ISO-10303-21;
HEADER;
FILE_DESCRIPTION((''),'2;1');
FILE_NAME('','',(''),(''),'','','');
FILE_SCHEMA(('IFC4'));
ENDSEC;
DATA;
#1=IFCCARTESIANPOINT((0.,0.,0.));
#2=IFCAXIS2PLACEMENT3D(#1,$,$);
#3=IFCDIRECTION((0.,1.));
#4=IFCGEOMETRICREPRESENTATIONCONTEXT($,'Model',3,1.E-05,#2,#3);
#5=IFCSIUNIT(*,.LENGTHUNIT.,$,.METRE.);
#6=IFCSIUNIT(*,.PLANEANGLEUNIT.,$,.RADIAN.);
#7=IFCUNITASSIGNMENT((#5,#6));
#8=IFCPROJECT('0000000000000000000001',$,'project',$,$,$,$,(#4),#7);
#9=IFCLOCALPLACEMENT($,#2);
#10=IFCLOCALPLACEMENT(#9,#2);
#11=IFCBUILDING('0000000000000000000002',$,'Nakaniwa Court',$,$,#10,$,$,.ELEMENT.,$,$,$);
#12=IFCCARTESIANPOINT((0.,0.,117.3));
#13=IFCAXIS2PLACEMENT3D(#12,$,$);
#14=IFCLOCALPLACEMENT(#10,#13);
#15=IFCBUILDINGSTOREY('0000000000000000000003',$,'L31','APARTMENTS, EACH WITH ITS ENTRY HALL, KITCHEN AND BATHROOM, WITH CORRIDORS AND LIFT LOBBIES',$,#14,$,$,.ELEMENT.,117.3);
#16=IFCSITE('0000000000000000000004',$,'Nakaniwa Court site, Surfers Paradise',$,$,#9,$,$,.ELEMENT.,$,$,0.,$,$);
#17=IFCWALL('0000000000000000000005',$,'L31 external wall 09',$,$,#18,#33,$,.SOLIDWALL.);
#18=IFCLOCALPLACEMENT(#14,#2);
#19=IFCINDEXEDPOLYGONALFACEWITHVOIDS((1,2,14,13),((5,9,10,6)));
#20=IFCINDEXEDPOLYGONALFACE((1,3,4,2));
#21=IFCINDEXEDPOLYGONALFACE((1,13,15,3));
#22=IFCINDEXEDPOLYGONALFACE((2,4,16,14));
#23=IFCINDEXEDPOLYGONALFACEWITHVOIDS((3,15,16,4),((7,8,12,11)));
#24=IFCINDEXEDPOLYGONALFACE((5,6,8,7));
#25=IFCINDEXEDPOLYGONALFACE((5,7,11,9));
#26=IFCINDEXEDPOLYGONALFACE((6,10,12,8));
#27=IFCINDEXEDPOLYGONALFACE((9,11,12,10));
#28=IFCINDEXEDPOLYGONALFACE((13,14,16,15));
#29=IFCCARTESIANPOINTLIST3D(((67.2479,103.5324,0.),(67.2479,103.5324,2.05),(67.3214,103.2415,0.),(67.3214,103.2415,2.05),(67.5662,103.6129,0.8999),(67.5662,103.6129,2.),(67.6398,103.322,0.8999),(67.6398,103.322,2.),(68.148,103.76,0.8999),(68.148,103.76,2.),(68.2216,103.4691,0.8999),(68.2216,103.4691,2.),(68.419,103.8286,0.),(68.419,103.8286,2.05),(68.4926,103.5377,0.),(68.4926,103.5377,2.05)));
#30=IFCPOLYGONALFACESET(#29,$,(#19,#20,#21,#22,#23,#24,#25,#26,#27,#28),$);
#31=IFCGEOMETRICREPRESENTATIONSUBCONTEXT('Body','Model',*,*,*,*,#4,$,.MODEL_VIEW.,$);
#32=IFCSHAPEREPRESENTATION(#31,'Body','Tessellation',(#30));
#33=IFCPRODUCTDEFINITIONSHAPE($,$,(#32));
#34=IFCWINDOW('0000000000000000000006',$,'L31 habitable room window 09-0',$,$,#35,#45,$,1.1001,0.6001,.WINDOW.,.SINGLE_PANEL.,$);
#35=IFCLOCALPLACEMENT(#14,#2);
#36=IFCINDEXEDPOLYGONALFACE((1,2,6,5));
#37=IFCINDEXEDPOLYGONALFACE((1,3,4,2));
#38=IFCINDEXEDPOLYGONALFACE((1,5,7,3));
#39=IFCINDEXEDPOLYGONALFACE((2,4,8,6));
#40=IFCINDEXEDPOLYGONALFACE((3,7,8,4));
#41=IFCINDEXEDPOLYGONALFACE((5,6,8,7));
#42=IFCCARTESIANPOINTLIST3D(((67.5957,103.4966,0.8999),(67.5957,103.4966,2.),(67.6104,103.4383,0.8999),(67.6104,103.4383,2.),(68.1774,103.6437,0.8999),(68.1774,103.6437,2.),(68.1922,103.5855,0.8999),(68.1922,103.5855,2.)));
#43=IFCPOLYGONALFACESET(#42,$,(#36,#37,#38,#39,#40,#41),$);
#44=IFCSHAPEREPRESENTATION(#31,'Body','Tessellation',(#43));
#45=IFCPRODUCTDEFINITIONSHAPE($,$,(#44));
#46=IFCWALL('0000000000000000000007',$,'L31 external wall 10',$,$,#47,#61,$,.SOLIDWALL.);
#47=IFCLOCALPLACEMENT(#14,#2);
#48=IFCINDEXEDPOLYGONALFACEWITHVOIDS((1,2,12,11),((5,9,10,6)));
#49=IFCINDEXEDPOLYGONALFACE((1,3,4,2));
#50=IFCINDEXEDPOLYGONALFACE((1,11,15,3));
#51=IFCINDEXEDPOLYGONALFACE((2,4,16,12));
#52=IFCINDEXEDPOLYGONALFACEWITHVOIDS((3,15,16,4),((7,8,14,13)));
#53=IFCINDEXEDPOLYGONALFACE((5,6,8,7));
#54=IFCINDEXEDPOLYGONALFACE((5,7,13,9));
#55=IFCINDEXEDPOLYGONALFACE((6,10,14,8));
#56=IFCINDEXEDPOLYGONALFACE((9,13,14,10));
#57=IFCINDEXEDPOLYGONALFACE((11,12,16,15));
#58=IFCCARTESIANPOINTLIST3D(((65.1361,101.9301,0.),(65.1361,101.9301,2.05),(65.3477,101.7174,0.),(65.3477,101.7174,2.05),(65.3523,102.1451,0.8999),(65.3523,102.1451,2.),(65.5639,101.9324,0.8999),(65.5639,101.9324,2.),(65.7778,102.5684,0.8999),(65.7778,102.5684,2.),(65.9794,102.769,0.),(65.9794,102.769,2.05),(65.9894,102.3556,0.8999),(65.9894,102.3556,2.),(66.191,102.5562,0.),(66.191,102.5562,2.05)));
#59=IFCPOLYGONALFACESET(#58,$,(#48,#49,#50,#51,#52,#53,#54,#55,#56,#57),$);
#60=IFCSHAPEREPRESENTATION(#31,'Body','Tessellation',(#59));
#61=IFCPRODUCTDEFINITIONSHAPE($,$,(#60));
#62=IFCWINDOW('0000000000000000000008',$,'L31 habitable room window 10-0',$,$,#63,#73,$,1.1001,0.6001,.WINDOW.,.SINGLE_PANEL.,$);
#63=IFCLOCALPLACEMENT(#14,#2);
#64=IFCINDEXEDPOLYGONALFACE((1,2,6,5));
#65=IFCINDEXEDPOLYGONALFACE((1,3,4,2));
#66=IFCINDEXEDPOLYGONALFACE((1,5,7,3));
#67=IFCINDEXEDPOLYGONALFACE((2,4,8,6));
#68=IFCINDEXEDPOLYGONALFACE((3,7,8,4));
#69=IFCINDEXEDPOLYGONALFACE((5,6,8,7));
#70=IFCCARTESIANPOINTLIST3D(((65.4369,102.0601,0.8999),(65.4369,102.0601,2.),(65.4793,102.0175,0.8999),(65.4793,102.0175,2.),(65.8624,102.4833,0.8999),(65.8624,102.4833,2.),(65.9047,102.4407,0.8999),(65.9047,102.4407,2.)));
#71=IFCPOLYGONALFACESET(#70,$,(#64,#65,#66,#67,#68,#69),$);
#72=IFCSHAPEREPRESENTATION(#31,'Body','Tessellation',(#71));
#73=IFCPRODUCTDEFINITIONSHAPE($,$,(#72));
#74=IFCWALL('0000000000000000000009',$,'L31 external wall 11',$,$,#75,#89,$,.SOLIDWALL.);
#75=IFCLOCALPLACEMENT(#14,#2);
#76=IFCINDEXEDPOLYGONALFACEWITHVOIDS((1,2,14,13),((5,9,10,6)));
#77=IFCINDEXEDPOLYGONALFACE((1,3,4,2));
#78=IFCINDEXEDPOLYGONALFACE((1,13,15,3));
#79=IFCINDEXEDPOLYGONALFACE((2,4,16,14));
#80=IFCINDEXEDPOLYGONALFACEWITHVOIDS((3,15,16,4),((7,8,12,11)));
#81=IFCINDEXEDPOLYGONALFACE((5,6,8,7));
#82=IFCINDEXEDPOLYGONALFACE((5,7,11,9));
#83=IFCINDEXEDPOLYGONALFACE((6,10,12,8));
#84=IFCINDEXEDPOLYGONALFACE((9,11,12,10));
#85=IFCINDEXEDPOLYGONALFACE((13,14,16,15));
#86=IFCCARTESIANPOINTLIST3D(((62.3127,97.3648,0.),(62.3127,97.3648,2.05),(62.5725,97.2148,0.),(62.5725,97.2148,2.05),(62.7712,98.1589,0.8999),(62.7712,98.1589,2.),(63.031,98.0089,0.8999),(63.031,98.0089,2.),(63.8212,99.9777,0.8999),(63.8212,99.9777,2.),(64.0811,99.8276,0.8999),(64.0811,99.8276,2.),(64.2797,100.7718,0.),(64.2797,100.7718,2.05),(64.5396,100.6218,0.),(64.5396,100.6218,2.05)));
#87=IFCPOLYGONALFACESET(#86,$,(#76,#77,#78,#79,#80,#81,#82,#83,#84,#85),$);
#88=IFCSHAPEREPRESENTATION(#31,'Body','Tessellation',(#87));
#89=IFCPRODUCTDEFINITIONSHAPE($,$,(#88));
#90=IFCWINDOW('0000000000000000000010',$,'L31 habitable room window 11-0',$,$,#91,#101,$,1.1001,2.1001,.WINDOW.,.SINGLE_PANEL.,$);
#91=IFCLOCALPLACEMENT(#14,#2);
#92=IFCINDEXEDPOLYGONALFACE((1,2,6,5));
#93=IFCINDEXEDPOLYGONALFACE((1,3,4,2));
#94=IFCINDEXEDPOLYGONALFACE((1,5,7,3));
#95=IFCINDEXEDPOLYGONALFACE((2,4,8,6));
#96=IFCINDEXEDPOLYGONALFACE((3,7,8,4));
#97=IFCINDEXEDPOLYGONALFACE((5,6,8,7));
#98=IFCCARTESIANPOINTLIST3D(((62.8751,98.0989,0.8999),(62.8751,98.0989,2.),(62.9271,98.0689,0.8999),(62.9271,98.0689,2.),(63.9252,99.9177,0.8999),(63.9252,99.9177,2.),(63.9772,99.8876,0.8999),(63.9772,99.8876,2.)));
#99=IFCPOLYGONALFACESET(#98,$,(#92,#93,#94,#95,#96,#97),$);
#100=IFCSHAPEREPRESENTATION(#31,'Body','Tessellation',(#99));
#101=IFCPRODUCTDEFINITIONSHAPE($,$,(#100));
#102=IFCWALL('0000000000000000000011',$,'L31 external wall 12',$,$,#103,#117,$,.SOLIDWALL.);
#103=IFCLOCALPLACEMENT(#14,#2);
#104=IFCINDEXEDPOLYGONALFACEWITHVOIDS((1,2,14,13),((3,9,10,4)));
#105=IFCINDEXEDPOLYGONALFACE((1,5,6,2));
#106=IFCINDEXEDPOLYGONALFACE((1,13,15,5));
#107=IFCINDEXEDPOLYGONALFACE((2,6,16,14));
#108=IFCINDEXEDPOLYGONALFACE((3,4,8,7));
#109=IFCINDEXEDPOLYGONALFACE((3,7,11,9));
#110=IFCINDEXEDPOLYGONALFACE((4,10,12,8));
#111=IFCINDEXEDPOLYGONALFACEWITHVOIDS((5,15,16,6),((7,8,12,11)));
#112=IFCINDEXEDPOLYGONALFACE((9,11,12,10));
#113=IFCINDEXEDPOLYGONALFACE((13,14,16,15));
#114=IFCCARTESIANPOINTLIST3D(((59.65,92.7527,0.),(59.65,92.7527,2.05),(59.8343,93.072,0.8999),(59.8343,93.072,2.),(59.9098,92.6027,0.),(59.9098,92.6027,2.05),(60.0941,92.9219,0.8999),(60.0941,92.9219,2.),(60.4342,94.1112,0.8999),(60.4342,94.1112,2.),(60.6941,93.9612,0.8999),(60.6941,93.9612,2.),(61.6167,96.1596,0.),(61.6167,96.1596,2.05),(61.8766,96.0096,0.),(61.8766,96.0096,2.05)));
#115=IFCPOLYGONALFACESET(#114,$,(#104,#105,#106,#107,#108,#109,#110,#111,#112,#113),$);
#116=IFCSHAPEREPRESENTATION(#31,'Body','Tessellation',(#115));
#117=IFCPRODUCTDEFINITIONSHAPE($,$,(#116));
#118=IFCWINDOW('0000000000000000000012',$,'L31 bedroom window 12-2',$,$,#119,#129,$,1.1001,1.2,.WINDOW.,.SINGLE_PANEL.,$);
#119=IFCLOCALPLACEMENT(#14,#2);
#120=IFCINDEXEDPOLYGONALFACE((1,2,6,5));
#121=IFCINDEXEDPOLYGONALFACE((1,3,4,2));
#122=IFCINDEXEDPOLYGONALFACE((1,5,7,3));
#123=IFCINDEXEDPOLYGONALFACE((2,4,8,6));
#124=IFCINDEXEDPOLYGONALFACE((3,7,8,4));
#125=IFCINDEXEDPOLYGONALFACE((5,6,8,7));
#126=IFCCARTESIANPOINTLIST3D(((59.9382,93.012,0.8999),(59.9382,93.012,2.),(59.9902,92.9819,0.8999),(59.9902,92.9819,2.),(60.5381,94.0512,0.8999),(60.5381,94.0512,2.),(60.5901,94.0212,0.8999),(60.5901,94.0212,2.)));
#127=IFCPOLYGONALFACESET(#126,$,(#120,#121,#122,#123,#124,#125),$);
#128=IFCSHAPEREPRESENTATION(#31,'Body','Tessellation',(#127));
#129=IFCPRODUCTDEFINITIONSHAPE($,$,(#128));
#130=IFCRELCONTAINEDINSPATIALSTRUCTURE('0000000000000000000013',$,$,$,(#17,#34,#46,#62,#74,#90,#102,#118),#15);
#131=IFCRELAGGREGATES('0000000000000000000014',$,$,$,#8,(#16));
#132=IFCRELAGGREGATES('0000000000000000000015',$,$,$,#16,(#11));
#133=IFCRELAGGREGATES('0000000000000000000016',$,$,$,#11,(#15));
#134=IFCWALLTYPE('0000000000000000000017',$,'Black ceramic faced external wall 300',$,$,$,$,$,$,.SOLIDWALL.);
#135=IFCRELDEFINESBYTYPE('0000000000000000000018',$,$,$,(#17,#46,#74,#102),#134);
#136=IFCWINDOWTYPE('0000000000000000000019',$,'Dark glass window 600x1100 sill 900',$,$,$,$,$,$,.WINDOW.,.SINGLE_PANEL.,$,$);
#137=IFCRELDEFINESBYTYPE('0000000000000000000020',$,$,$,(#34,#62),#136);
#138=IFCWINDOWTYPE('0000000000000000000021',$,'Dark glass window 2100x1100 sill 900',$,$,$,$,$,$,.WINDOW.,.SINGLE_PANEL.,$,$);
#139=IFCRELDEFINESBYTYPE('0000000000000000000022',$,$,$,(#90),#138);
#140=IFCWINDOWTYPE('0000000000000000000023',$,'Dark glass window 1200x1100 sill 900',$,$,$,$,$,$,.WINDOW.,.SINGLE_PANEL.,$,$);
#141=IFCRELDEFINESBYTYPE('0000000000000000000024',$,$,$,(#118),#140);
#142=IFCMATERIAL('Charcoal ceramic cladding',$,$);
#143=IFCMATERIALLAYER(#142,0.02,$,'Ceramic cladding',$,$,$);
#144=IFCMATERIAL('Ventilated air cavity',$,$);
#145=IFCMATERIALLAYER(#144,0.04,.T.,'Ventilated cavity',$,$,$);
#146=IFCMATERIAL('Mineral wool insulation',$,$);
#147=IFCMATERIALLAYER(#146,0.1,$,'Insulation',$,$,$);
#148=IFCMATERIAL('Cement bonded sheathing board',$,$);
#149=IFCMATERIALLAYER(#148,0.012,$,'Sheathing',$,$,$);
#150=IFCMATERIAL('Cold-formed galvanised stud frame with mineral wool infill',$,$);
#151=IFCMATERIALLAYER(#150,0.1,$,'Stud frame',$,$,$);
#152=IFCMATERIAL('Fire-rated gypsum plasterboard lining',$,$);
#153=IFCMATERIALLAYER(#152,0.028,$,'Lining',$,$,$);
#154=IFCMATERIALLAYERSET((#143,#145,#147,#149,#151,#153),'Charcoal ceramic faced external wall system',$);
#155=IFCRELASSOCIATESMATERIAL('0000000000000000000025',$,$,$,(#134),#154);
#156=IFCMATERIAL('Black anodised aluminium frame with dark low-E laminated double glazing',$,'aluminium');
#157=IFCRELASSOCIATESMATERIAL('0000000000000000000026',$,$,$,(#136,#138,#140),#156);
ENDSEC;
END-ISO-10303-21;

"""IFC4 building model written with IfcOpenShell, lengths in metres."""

from ifc_helpers import new_model, si_unit, direction, frame, frame_2d, origin, place, context, subcontext, project, spatial, rectangle, extrude, material, layer, layer_set, type_object, element, fill, save


model = new_model("IFC4")

# Units and contexts
model_context = context("Model", 3, precision=1e-05, world=origin(), true_north=direction((0.0, 1.0)))
body_context = subcontext(model_context, "Body", "Model", "MODEL_VIEW")
ifc_project = project(units=[si_unit("LENGTHUNIT", "METRE"), si_unit("PLANEANGLEUNIT", "RADIAN")], contexts=[model_context])

# Site, building, storey
site_placement = place(None, origin())
site = spatial("IfcSite", under=ifc_project, at=site_placement, Name="Nakaniwa Court site, Surfers Paradise", CompositionType="ELEMENT", RefElevation=0.0)
building_placement = place(site_placement, origin())
building = spatial("IfcBuilding", under=site, at=building_placement, Name="Nakaniwa Court", CompositionType="ELEMENT")
storey_placement = place(building_placement, frame((0.0, 0.0, 117.3)))
storey = spatial("IfcBuildingStorey", under=building, at=storey_placement, Name="L31", Description="APARTMENTS, EACH WITH ITS ENTRY HALL, KITCHEN AND BATHROOM, WITH CORRIDORS AND LIFT LOBBIES", CompositionType="ELEMENT", Elevation=117.3)

# Walls, openings, windows
ifc_material_1 = material(Name="Charcoal ceramic cladding")
ifc_layer_1 = layer(ifc_material_1, 0.02, Name="Ceramic cladding")
ifc_material_2 = material(Name="Ventilated air cavity")
ifc_layer_2 = layer(ifc_material_2, 0.04, ventilated=True, Name="Ventilated cavity")
ifc_material_3 = material(Name="Mineral wool insulation")
ifc_layer_3 = layer(ifc_material_3, 0.1, Name="Insulation")
ifc_material_4 = material(Name="Cement bonded sheathing board")
ifc_layer_4 = layer(ifc_material_4, 0.012, Name="Sheathing")
ifc_material_5 = material(Name="Cold-formed galvanised stud frame with mineral wool infill")
ifc_layer_5 = layer(ifc_material_5, 0.1, Name="Stud frame")
ifc_material_6 = material(Name="Fire-rated gypsum plasterboard lining")
ifc_layer_6 = layer(ifc_material_6, 0.028, Name="Lining")
ifc_layer_set_1 = layer_set([ifc_layer_1, ifc_layer_2, ifc_layer_3, ifc_layer_4, ifc_layer_5, ifc_layer_6], Name="Charcoal ceramic faced external wall system")
wall_type_1 = type_object("IfcWallType", Name="Black ceramic faced external wall 300", PredefinedType="SOLIDWALL", material=ifc_layer_set_1)
wall_1_placement = place(storey_placement, frame((68.4558, 103.6831, 0.0), z_axis=(0.0, 0.0, 1.0), x_axis=(-0.969485, -0.24515, 0.0)))
wall_1 = element("IfcWall", 1, at=wall_1_placement, inside=storey, type_object=wall_type_1, Name="L31 external wall 09", PredefinedType="SOLIDWALL", context=body_context, shape_type="SweptSolid", body=[
    extrude(rectangle(XDim=1.208, YDim=0.3, at=frame_2d((0.604, 0.0))), origin(), (0.0, 0.0, 1.0), 2.05),
])
opening_1_placement = place(wall_1_placement, frame((0.2795, 0.0, 0.8999)))
opening_1 = element("IfcOpeningElement", 2, at=opening_1_placement, cuts=wall_1, PredefinedType="OPENING", context=body_context, shape_type="SweptSolid", body=[
    extrude(rectangle(XDim=0.6001, YDim=1.1001, at=frame_2d((0.3, 0.55))), frame((0.0, 0.1599, 0.0), z_axis=(0.0, -1.0, 0.0), x_axis=(1.0, 0.0, 0.0)), (0.0, 0.0, 1.0), 0.3201),
])
ifc_material_7 = material(Name="Black anodised aluminium frame with dark low-E laminated double glazing", Category="aluminium")
window_type_1 = type_object("IfcWindowType", Name="Dark glass window 600x1100 sill 900", PartitioningType="SINGLE_PANEL", PredefinedType="WINDOW", material=ifc_material_7)
window_1_placement = place(opening_1_placement, origin())
window_1 = element("IfcWindow", 3, at=window_1_placement, inside=storey, type_object=window_type_1, Name="L31 habitable room window 09-0", OverallHeight=1.1001, OverallWidth=0.6001, PartitioningType="SINGLE_PANEL", PredefinedType="WINDOW", context=body_context, shape_type="SweptSolid", body=[
    extrude(rectangle(XDim=0.6001, YDim=1.1001, at=frame_2d((0.3, 0.55))), frame((0.0, 0.03, 0.0), z_axis=(0.0, -1.0, 0.0), x_axis=(1.0, 0.0, 0.0)), (0.0, 0.0, 1.0), 0.0601),
])
fill(opening_1, window_1)
wall_2_placement = place(storey_placement, frame((66.0852, 102.6626, 0.0), z_axis=(0.0, 0.0, 1.0), x_axis=(-0.708952, -0.705257, 0.0)))
wall_2 = element("IfcWall", 4, at=wall_2_placement, inside=storey, type_object=wall_type_1, Name="L31 external wall 10", PredefinedType="SOLIDWALL", context=body_context, shape_type="SweptSolid", body=[
    extrude(rectangle(XDim=1.1895, YDim=0.3, at=frame_2d((0.5947, 0.0))), origin(), (0.0, 0.0, 1.0), 2.05),
])
opening_2_placement = place(wall_2_placement, frame((0.2844, 0.0, 0.8999)))
opening_2 = element("IfcOpeningElement", 5, at=opening_2_placement, cuts=wall_2, PredefinedType="OPENING", context=body_context, shape_type="SweptSolid", body=[
    extrude(rectangle(XDim=0.6001, YDim=1.1001, at=frame_2d((0.3, 0.55))), frame((0.0, 0.1599, 0.0), z_axis=(0.0, -1.0, 0.0), x_axis=(1.0, 0.0, 0.0)), (0.0, 0.0, 1.0), 0.3201),
])
window_2_placement = place(opening_2_placement, origin())
window_2 = element("IfcWindow", 6, at=window_2_placement, inside=storey, type_object=window_type_1, Name="L31 habitable room window 10-0", OverallHeight=1.1001, OverallWidth=0.6001, PartitioningType="SINGLE_PANEL", PredefinedType="WINDOW", context=body_context, shape_type="SweptSolid", body=[
    extrude(rectangle(XDim=0.6001, YDim=1.1001, at=frame_2d((0.3, 0.55))), frame((0.0, 0.03, 0.0), z_axis=(0.0, -1.0, 0.0), x_axis=(1.0, 0.0, 0.0)), (0.0, 0.0, 1.0), 0.0601),
])
fill(opening_2, window_2)
wall_3_placement = place(storey_placement, frame((64.4097, 100.6968, 0.0), z_axis=(0.0, 0.0, 1.0), x_axis=(-0.500004, -0.866023, 0.0)))
wall_3 = element("IfcWall", 7, at=wall_3_placement, inside=storey, type_object=wall_type_1, Name="L31 external wall 11", PredefinedType="SOLIDWALL", context=body_context, shape_type="SweptSolid", body=[
    extrude(rectangle(XDim=3.9341, YDim=0.3, at=frame_2d((1.967, 0.0))), origin(), (0.0, 0.0, 1.0), 2.05),
])
opening_3_placement = place(wall_3_placement, frame((0.917, 0.0, 0.8999)))
opening_3 = element("IfcOpeningElement", 8, at=opening_3_placement, cuts=wall_3, PredefinedType="OPENING", context=body_context, shape_type="SweptSolid", body=[
    extrude(rectangle(XDim=2.1001, YDim=1.1001, at=frame_2d((1.05, 0.55))), frame((0.0, 0.1599, 0.0), z_axis=(0.0, -1.0, 0.0), x_axis=(1.0, 0.0, 0.0)), (0.0, 0.0, 1.0), 0.3201),
])
window_type_2 = type_object("IfcWindowType", Name="Dark glass window 2100x1100 sill 900", PartitioningType="SINGLE_PANEL", PredefinedType="WINDOW", material=ifc_material_7)
window_3_placement = place(opening_3_placement, origin())
window_3 = element("IfcWindow", 9, at=window_3_placement, inside=storey, type_object=window_type_2, Name="L31 habitable room window 11-0", OverallHeight=1.1001, OverallWidth=2.1001, PartitioningType="SINGLE_PANEL", PredefinedType="WINDOW", context=body_context, shape_type="SweptSolid", body=[
    extrude(rectangle(XDim=2.1001, YDim=1.1001, at=frame_2d((1.05, 0.55))), frame((0.0, 0.03, 0.0), z_axis=(0.0, -1.0, 0.0), x_axis=(1.0, 0.0, 0.0)), (0.0, 0.0, 1.0), 0.0601),
])
fill(opening_3, window_3)
wall_4_placement = place(storey_placement, frame((61.7466, 96.0845, 0.0), z_axis=(0.0, 0.0, 1.0), x_axis=(-0.499957, -0.86605, 0.0)))
wall_4 = element("IfcWall", 10, at=wall_4_placement, inside=storey, type_object=wall_type_1, Name="L31 external wall 12", PredefinedType="SOLIDWALL", context=body_context, shape_type="SweptSolid", body=[
    extrude(rectangle(XDim=3.9338, YDim=0.3, at=frame_2d((1.9668, 0.0))), origin(), (0.0, 0.0, 1.0), 2.05),
])
opening_4_placement = place(wall_4_placement, frame((2.365, 0.0, 0.8999)))
opening_4 = element("IfcOpeningElement", 11, at=opening_4_placement, cuts=wall_4, PredefinedType="OPENING", context=body_context, shape_type="SweptSolid", body=[
    extrude(rectangle(XDim=1.2, YDim=1.1001, at=frame_2d((0.6001, 0.55))), frame((0.0, 0.1599, 0.0), z_axis=(0.0, -1.0, 0.0), x_axis=(1.0, 0.0, 0.0)), (0.0, 0.0, 1.0), 0.3201),
])
window_type_3 = type_object("IfcWindowType", Name="Dark glass window 1200x1100 sill 900", PartitioningType="SINGLE_PANEL", PredefinedType="WINDOW", material=ifc_material_7)
window_4_placement = place(opening_4_placement, origin())
window_4 = element("IfcWindow", 12, at=window_4_placement, inside=storey, type_object=window_type_3, Name="L31 bedroom window 12-2", OverallHeight=1.1001, OverallWidth=1.2, PartitioningType="SINGLE_PANEL", PredefinedType="WINDOW", context=body_context, shape_type="SweptSolid", body=[
    extrude(rectangle(XDim=1.2, YDim=1.1001, at=frame_2d((0.6001, 0.55))), frame((0.0, 0.03, 0.0), z_axis=(0.0, -1.0, 0.0), x_axis=(1.0, 0.0, 0.0)), (0.0, 0.0, 1.0), 0.0601),
])
fill(opening_4, window_4)

save(model, "model.ifc")
